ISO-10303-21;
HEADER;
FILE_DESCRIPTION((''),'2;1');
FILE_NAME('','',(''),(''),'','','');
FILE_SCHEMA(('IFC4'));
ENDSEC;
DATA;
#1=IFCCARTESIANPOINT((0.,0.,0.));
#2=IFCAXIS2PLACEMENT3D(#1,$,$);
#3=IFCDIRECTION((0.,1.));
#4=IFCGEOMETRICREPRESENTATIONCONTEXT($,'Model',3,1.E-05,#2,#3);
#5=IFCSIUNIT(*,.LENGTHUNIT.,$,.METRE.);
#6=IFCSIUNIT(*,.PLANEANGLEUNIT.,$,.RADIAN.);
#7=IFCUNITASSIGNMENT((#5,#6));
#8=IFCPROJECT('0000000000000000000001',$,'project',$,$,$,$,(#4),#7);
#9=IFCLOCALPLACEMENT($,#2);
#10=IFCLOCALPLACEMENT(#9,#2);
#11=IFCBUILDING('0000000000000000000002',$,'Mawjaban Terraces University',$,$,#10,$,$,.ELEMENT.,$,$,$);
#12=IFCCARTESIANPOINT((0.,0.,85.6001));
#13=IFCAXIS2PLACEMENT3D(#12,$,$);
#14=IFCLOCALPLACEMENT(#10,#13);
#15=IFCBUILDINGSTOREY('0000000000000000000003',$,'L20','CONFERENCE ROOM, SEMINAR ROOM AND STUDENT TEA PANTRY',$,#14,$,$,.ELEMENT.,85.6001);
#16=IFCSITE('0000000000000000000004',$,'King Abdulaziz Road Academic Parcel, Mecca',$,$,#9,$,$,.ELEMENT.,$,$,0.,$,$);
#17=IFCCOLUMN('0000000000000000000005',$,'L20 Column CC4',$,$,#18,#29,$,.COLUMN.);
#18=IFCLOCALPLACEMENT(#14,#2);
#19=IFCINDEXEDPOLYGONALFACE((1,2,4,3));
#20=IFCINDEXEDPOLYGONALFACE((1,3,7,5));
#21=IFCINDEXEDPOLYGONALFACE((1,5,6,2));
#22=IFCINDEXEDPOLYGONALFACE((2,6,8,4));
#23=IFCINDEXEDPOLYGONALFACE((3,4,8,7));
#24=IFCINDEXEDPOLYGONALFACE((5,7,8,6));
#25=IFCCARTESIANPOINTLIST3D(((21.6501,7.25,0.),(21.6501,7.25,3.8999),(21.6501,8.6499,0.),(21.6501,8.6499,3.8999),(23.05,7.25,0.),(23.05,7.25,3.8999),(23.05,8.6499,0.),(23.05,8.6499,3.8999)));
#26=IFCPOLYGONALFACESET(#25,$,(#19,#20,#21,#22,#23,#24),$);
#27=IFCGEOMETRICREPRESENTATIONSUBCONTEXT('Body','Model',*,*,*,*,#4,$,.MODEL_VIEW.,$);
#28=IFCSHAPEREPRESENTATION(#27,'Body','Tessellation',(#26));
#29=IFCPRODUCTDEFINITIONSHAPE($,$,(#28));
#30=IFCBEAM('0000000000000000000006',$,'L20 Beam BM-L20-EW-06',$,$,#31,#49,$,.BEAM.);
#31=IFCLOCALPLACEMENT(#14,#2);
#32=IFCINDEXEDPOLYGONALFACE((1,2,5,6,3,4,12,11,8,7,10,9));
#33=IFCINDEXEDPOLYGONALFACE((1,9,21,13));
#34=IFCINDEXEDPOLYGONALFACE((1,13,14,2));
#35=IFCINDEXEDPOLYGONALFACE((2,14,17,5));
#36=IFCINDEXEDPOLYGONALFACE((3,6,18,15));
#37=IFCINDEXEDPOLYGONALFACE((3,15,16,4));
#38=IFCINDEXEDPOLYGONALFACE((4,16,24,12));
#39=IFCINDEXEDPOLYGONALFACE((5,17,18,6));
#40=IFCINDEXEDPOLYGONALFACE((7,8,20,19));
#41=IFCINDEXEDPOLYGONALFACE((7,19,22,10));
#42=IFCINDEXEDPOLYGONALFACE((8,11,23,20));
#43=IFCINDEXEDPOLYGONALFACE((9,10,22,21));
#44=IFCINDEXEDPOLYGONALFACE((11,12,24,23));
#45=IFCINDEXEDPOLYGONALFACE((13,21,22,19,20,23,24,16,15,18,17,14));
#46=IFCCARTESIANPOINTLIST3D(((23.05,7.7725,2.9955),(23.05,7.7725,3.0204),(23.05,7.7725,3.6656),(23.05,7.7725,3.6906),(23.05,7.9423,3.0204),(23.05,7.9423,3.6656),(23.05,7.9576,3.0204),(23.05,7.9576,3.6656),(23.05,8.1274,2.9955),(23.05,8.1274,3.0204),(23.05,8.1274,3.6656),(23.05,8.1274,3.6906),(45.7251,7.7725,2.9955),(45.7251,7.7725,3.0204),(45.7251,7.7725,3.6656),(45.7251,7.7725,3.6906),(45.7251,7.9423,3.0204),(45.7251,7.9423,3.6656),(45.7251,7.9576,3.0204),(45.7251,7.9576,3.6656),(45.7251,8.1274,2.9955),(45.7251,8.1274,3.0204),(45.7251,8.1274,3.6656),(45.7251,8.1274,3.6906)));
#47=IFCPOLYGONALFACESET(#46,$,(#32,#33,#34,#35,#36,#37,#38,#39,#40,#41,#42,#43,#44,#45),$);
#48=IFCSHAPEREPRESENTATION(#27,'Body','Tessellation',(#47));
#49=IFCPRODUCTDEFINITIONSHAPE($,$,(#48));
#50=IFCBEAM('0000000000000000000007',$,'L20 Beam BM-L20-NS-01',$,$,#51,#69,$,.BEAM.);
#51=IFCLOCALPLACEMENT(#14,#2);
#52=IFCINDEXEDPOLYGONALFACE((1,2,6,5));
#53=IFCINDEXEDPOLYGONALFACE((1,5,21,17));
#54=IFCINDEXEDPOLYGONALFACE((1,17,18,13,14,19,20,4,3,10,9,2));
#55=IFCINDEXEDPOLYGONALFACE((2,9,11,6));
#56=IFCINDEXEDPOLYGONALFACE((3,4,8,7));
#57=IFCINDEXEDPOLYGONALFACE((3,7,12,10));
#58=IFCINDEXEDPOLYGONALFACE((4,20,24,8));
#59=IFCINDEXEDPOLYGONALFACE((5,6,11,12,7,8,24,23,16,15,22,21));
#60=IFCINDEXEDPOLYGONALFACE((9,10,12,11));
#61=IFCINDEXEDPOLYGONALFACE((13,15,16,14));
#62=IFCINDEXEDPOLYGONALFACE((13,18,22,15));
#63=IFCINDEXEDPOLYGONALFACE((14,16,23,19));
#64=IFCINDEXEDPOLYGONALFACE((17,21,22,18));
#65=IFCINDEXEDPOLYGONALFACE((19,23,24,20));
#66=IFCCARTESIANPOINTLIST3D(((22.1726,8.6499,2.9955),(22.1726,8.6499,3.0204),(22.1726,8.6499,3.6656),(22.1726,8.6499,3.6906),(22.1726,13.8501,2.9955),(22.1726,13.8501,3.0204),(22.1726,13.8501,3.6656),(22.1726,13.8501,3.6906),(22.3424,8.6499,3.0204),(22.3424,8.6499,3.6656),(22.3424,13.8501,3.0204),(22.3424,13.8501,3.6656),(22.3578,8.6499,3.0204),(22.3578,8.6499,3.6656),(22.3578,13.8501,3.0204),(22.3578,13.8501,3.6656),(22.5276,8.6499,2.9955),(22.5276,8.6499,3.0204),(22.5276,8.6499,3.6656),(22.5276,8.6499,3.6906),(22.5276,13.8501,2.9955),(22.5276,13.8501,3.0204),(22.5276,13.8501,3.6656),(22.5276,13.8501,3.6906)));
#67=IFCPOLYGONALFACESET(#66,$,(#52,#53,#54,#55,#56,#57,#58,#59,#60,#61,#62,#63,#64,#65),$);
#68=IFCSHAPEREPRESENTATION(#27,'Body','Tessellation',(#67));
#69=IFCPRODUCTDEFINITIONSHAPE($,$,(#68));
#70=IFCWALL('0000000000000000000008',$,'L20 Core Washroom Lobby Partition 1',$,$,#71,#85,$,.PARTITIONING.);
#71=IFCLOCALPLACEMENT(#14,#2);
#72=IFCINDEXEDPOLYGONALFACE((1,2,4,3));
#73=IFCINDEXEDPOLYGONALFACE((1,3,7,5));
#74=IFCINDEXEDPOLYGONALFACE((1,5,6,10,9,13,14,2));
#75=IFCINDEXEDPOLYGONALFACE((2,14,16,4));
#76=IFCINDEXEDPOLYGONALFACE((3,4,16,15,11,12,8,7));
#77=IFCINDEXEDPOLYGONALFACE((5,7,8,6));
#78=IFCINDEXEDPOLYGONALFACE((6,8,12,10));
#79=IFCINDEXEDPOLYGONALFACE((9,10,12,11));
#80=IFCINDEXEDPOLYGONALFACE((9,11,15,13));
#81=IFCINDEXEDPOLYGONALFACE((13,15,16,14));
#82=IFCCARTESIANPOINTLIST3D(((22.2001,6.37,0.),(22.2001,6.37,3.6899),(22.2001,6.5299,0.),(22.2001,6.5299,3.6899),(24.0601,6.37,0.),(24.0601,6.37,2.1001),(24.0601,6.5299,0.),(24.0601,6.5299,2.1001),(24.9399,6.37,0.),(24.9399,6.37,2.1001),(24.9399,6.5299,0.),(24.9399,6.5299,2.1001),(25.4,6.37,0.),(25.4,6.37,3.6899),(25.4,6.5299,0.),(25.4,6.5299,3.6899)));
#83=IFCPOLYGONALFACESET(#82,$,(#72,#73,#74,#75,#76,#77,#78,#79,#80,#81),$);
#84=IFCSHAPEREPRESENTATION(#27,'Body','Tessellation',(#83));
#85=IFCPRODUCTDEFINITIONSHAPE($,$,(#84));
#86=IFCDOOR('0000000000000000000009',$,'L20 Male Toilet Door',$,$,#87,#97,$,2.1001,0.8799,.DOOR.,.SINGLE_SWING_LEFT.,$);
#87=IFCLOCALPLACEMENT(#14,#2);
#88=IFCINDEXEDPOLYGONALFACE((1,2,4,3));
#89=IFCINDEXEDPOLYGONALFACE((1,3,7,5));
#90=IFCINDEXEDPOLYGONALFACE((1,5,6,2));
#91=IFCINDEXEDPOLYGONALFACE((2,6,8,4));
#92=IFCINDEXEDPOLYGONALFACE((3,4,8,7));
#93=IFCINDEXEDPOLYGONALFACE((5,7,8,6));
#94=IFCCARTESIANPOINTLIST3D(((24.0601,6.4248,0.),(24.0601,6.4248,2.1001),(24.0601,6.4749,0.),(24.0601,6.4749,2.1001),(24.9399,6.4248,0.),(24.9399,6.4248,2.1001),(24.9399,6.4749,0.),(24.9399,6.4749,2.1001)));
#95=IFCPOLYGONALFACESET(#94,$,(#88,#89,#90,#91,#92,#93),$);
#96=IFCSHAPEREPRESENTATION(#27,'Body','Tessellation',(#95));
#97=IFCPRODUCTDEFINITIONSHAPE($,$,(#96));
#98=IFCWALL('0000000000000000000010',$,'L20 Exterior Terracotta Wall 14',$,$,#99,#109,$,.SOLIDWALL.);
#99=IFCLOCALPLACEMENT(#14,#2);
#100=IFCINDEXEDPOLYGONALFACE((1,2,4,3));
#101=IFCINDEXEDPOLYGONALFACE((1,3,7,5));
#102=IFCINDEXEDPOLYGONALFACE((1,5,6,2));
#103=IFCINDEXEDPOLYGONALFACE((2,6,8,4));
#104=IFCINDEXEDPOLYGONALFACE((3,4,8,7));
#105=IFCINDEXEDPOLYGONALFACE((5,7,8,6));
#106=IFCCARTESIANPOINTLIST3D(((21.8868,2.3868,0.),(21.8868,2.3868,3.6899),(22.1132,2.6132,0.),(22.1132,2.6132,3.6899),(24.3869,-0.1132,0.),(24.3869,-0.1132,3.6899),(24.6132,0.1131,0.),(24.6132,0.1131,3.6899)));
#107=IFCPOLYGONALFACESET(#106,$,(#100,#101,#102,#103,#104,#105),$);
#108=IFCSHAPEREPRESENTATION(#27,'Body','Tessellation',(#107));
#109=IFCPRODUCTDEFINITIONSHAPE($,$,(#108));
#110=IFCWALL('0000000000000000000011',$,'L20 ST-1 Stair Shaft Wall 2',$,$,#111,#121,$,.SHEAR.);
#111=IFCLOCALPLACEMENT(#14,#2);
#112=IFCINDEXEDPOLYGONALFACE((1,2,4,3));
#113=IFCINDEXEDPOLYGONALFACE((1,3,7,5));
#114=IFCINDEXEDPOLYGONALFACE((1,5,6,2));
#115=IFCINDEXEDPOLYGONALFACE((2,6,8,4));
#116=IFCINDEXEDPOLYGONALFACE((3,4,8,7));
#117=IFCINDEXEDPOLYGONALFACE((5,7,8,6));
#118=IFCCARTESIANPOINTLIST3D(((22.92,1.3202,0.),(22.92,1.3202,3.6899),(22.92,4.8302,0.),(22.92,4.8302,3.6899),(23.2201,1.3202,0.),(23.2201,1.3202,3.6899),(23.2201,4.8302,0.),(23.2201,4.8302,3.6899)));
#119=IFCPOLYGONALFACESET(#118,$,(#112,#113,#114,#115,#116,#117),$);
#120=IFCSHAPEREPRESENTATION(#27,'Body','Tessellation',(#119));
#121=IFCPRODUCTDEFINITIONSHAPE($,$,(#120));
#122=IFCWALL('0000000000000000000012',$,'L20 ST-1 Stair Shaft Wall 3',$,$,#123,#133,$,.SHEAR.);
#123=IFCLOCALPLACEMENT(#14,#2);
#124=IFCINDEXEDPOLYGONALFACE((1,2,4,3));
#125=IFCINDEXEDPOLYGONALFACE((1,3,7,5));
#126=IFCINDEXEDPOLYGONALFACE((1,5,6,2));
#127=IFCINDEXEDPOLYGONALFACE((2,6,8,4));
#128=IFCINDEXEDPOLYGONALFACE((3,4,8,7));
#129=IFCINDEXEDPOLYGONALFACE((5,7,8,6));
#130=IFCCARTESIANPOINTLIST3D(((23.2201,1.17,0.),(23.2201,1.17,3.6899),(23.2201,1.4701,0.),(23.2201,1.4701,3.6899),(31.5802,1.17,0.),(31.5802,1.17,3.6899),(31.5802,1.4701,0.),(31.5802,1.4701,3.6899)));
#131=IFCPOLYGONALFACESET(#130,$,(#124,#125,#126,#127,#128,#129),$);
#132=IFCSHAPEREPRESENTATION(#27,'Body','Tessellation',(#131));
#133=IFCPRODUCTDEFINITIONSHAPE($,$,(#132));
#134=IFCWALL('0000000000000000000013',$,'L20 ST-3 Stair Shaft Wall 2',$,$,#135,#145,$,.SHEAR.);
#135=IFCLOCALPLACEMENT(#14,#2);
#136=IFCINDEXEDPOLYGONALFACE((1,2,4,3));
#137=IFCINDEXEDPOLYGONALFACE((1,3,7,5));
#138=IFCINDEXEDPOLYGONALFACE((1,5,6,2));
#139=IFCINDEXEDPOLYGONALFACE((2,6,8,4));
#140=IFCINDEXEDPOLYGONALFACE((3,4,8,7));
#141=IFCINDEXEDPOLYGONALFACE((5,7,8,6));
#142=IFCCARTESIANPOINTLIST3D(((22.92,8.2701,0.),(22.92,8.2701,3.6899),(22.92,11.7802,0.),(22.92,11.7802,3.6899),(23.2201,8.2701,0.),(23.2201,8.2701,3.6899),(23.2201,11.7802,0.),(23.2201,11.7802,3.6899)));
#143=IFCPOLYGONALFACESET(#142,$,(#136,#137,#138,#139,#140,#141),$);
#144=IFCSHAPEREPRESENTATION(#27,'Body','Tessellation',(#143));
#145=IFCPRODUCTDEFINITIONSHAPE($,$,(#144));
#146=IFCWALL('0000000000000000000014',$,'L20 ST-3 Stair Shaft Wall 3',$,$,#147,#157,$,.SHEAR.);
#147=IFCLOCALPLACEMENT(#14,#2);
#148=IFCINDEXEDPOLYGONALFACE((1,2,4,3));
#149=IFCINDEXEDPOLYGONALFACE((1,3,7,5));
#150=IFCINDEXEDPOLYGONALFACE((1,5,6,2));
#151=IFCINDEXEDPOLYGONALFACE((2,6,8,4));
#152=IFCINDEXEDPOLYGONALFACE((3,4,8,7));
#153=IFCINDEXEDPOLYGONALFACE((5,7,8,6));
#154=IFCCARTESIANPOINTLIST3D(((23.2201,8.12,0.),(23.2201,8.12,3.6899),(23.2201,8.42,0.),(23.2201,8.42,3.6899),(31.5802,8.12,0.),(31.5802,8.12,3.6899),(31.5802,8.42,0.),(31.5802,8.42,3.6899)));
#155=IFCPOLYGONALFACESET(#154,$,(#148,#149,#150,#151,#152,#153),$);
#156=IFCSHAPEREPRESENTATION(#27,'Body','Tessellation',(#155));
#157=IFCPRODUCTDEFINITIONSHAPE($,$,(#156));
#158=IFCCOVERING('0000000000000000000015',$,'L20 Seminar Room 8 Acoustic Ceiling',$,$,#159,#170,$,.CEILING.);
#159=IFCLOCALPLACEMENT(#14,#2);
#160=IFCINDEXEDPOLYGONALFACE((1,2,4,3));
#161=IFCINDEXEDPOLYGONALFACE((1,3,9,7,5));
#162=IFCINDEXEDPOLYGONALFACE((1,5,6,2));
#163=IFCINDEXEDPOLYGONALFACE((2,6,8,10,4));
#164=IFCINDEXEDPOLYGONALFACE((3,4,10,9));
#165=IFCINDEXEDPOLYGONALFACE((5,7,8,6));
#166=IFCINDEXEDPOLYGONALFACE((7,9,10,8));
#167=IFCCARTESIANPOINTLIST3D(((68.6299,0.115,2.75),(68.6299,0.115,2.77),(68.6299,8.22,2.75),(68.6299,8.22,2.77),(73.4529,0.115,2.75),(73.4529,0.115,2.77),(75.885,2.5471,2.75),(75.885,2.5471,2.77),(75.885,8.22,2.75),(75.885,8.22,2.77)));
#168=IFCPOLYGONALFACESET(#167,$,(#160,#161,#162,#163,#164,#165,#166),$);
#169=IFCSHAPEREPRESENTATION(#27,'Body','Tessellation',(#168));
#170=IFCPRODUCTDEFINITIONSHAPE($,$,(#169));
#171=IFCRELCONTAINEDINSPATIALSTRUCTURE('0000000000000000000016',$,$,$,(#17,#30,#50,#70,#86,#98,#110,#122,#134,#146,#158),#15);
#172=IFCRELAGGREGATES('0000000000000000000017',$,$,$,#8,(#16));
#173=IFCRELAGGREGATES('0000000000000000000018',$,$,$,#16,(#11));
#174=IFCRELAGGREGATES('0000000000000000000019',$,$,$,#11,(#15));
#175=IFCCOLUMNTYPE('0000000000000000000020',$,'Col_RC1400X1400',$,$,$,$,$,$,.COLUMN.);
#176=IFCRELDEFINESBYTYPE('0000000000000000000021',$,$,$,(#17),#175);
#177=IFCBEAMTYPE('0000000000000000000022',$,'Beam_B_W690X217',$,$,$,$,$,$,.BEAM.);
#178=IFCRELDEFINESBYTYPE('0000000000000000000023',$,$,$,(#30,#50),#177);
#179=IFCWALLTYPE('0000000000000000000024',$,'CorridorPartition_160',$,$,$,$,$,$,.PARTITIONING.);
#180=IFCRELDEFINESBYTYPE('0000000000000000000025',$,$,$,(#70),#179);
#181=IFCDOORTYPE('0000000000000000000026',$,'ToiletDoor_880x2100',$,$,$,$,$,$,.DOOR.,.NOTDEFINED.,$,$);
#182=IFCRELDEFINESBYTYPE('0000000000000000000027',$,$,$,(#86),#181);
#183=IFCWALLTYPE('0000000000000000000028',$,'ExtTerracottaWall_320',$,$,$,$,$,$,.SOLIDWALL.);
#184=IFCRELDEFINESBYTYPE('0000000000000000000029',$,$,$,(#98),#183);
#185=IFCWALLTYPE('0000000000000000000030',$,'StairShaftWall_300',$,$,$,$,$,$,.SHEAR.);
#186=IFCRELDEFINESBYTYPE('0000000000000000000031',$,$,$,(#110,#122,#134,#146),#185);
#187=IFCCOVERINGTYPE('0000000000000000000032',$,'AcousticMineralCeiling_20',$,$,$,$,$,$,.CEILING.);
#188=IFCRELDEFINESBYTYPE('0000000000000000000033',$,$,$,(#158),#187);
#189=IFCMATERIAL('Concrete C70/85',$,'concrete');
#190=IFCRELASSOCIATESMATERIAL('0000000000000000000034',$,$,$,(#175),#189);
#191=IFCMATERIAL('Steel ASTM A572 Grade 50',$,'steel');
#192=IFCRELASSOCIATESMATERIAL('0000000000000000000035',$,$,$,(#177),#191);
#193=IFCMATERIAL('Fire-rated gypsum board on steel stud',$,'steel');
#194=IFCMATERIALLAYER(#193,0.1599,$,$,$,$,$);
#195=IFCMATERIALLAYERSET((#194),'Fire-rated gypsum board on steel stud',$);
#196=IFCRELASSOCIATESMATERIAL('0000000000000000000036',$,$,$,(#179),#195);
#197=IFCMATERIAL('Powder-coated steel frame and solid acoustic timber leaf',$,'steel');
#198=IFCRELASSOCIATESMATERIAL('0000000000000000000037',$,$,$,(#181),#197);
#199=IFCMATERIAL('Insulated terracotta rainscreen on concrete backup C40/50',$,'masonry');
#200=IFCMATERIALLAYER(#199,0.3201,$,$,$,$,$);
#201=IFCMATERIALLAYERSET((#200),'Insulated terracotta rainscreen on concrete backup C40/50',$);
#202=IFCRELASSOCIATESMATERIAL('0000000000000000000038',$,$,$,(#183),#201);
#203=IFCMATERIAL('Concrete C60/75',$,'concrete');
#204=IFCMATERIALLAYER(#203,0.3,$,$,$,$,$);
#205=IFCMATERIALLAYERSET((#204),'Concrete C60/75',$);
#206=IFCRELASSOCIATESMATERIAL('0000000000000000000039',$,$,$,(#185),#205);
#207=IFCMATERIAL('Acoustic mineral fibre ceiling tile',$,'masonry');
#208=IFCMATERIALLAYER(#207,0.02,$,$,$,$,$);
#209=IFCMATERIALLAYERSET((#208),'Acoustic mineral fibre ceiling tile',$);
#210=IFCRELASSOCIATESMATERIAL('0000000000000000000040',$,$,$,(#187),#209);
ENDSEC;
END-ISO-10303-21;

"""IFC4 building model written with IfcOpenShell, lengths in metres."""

from ifc_helpers import new_model, si_unit, direction, frame, frame_2d, origin, origin_2d, place, context, subcontext, project, spatial, polyline, rectangle, i_section, outline, extrude, material, layer, layer_set, material_profile, profile_set, type_object, element, fill, save


model = new_model("IFC4")

# Units and contexts
model_context = context("Model", 3, precision=1e-05, world=origin(), true_north=direction((0.0, 1.0)))
body_context = subcontext(model_context, "Body", "Model", "MODEL_VIEW")
ifc_project = project(units=[si_unit("LENGTHUNIT", "METRE"), si_unit("PLANEANGLEUNIT", "RADIAN")], contexts=[model_context])

# Site, building, storey
site_placement = place(None, origin())
site = spatial("IfcSite", under=ifc_project, at=site_placement, Name="King Abdulaziz Road Academic Parcel, Mecca", CompositionType="ELEMENT", RefElevation=0.0)
building_placement = place(site_placement, origin())
building = spatial("IfcBuilding", under=site, at=building_placement, Name="Mawjaban Terraces University", CompositionType="ELEMENT")
storey_placement = place(building_placement, frame((0.0, 0.0, 85.6001)))
storey = spatial("IfcBuildingStorey", under=building, at=storey_placement, Name="L20", Description="CONFERENCE ROOM, SEMINAR ROOM AND STUDENT TEA PANTRY", CompositionType="ELEMENT", Elevation=85.6001)

# Column
ifc_material_1 = material(Name="Concrete C70/85", Category="concrete")
ifc_material_profile_1 = material_profile(ifc_material_1, rectangle(XDim=1.3999, YDim=1.3999, at=origin_2d()), Name="RC1400X1400")
ifc_profile_set_1 = profile_set([ifc_material_profile_1], Name="Concrete C70/85")
column_type = type_object("IfcColumnType", Name="Col_RC1400X1400", PredefinedType="COLUMN", material=ifc_profile_set_1)
column_placement = place(storey_placement, frame((22.3501, 7.95, 0.0), z_axis=(0.0, 0.0, 1.0), x_axis=(1.0, 0.0, 0.0)))
element("IfcColumn", 1, at=column_placement, inside=storey, type_object=column_type, Name="L20 Column CC4", PredefinedType="COLUMN", context=body_context, shape_type="SweptSolid", body=[
    extrude(rectangle(XDim=1.3999, YDim=1.3999, at=origin_2d()), origin(), (0.0, 0.0, 1.0), 3.8999),
])

# Beams
ifc_material_2 = material(Name="Steel ASTM A572 Grade 50", Category="steel")
ifc_material_profile_2 = material_profile(ifc_material_2, i_section(OverallWidth=0.355, OverallDepth=0.6951, WebThickness=0.0154, FlangeThickness=0.0249, at=origin_2d()), Name="W690X217")
ifc_profile_set_2 = profile_set([ifc_material_profile_2], Name="Steel ASTM A572 Grade 50")
beam_type = type_object("IfcBeamType", Name="Beam_B_W690X217", PredefinedType="BEAM", material=ifc_profile_set_2)
beam_1_placement = place(storey_placement, frame((23.05, 7.95, 3.343), z_axis=(1.0, 0.0, 0.0), x_axis=(0.0, 1.0, 0.0)))
element("IfcBeam", 2, at=beam_1_placement, inside=storey, type_object=beam_type, Name="L20 Beam BM-L20-EW-06", PredefinedType="BEAM", context=body_context, shape_type="SweptSolid", body=[
    extrude(i_section(OverallWidth=0.355, OverallDepth=0.6951, WebThickness=0.0154, FlangeThickness=0.0249, at=origin_2d()), origin(), (0.0, 0.0, 1.0), 22.675),
])
beam_2_placement = place(storey_placement, frame((22.3501, 8.6499, 3.343), z_axis=(0.0, 1.0, 0.0), x_axis=(-1.0, 0.0, 0.0)))
element("IfcBeam", 3, at=beam_2_placement, inside=storey, type_object=beam_type, Name="L20 Beam BM-L20-NS-01", PredefinedType="BEAM", context=body_context, shape_type="SweptSolid", body=[
    extrude(i_section(OverallWidth=0.355, OverallDepth=0.6951, WebThickness=0.0154, FlangeThickness=0.0249, at=origin_2d()), origin(), (0.0, 0.0, 1.0), 5.2002),
])

# Wall, opening, door
ifc_material_3 = material(Name="Fire-rated gypsum board on steel stud", Category="steel")
ifc_layer_1 = layer(ifc_material_3, 0.1599)
ifc_layer_set_1 = layer_set([ifc_layer_1], Name="Fire-rated gypsum board on steel stud")
wall_type_1 = type_object("IfcWallType", Name="CorridorPartition_160", PredefinedType="PARTITIONING", material=ifc_layer_set_1)
wall_1_placement = place(storey_placement, frame((22.2, 6.45, 0.0), z_axis=(0.0, 0.0, 1.0), x_axis=(1.0, 0.0, 0.0)))
wall_1 = element("IfcWall", 4, at=wall_1_placement, inside=storey, type_object=wall_type_1, Name="L20 Core Washroom Lobby Partition 1", PredefinedType="PARTITIONING", context=body_context, shape_type="SweptSolid", body=[
    extrude(rectangle(XDim=3.2, YDim=0.1599, at=frame_2d((1.6001, 0.0))), origin(), (0.0, 0.0, 1.0), 3.6899),
])
opening_placement = place(wall_1_placement, frame((1.8601, 0.0, 0.0)))
opening = element("IfcOpeningElement", 5, at=opening_placement, cuts=wall_1, PredefinedType="OPENING", context=body_context, shape_type="SweptSolid", body=[
    extrude(rectangle(XDim=0.8799, YDim=2.1001, at=frame_2d((0.4399, 1.05))), frame((0.0, 0.0898, 0.0), z_axis=(0.0, -1.0, 0.0), x_axis=(1.0, 0.0, 0.0)), (0.0, 0.0, 1.0), 0.1799),
])
ifc_material_4 = material(Name="Powder-coated steel frame and solid acoustic timber leaf", Category="steel")
door_type = type_object("IfcDoorType", Name="ToiletDoor_880x2100", OperationType="NOTDEFINED", PredefinedType="DOOR", material=ifc_material_4)
door_placement = place(opening_placement, origin())
door = element("IfcDoor", 6, at=door_placement, inside=storey, type_object=door_type, Name="L20 Male Toilet Door", OperationType="SINGLE_SWING_LEFT", OverallHeight=2.1001, OverallWidth=0.8799, PredefinedType="DOOR", context=body_context, shape_type="SweptSolid", body=[
    extrude(rectangle(XDim=0.8799, YDim=2.1001, at=frame_2d((0.4399, 1.05))), frame((0.0, 0.0249, 0.0), z_axis=(0.0, -1.0, 0.0), x_axis=(1.0, 0.0, 0.0)), (0.0, 0.0, 1.0), 0.05),
])
fill(opening, door)

# Walls
ifc_material_5 = material(Name="Insulated terracotta rainscreen on concrete backup C40/50", Category="masonry")
ifc_layer_2 = layer(ifc_material_5, 0.3201)
ifc_layer_set_2 = layer_set([ifc_layer_2], Name="Insulated terracotta rainscreen on concrete backup C40/50")
wall_type_2 = type_object("IfcWallType", Name="ExtTerracottaWall_320", PredefinedType="SOLIDWALL", material=ifc_layer_set_2)
wall_2_placement = place(storey_placement, frame((22.0, 2.5, 0.0), z_axis=(0.0, 0.0, 1.0), x_axis=(0.707107, -0.707107, 0.0)))
element("IfcWall", 7, at=wall_2_placement, inside=storey, type_object=wall_type_2, Name="L20 Exterior Terracotta Wall 14", PredefinedType="SOLIDWALL", context=body_context, shape_type="SweptSolid", body=[
    extrude(rectangle(XDim=3.5356, YDim=0.3201, at=frame_2d((1.7678, 0.0))), origin(), (0.0, 0.0, 1.0), 3.6899),
])
ifc_material_6 = material(Name="Concrete C60/75", Category="concrete")
ifc_layer_3 = layer(ifc_material_6, 0.3)
ifc_layer_set_3 = layer_set([ifc_layer_3], Name="Concrete C60/75")
wall_type_3 = type_object("IfcWallType", Name="StairShaftWall_300", PredefinedType="SHEAR", material=ifc_layer_set_3)
wall_3_placement = place(storey_placement, frame((23.0701, 4.8301, 0.0), z_axis=(0.0, 0.0, 1.0), x_axis=(0.0, -1.0, 0.0)))
element("IfcWall", 8, at=wall_3_placement, inside=storey, type_object=wall_type_3, Name="L20 ST-1 Stair Shaft Wall 2", PredefinedType="SHEAR", context=body_context, shape_type="SweptSolid", body=[
    extrude(rectangle(XDim=3.51, YDim=0.3, at=frame_2d((1.7549, 0.0))), origin(), (0.0, 0.0, 1.0), 3.6899),
])
wall_4_placement = place(storey_placement, frame((23.22, 1.3201, 0.0), z_axis=(0.0, 0.0, 1.0), x_axis=(1.0, 0.0, 0.0)))
element("IfcWall", 9, at=wall_4_placement, inside=storey, type_object=wall_type_3, Name="L20 ST-1 Stair Shaft Wall 3", PredefinedType="SHEAR", context=body_context, shape_type="SweptSolid", body=[
    extrude(rectangle(XDim=8.3601, YDim=0.3, at=frame_2d((4.1802, 0.0))), origin(), (0.0, 0.0, 1.0), 3.6899),
])
wall_5_placement = place(storey_placement, frame((23.0701, 11.78, 0.0), z_axis=(0.0, 0.0, 1.0), x_axis=(0.0, -1.0, 0.0)))
element("IfcWall", 10, at=wall_5_placement, inside=storey, type_object=wall_type_3, Name="L20 ST-3 Stair Shaft Wall 2", PredefinedType="SHEAR", context=body_context, shape_type="SweptSolid", body=[
    extrude(rectangle(XDim=3.51, YDim=0.3, at=frame_2d((1.7549, 0.0))), origin(), (0.0, 0.0, 1.0), 3.6899),
])
wall_6_placement = place(storey_placement, frame((23.22, 8.27, 0.0), z_axis=(0.0, 0.0, 1.0), x_axis=(1.0, 0.0, 0.0)))
element("IfcWall", 11, at=wall_6_placement, inside=storey, type_object=wall_type_3, Name="L20 ST-3 Stair Shaft Wall 3", PredefinedType="SHEAR", context=body_context, shape_type="SweptSolid", body=[
    extrude(rectangle(XDim=8.3601, YDim=0.3, at=frame_2d((4.1802, 0.0))), origin(), (0.0, 0.0, 1.0), 3.6899),
])

# Covering
ifc_material_7 = material(Name="Acoustic mineral fibre ceiling tile", Category="masonry")
ifc_layer_4 = layer(ifc_material_7, 0.02)
ifc_layer_set_4 = layer_set([ifc_layer_4], Name="Acoustic mineral fibre ceiling tile")
covering_type_1 = type_object("IfcCoveringType", Name="AcousticMineralCeiling_20", PredefinedType="CEILING", material=ifc_layer_set_4)
covering_1_placement = place(storey_placement, frame((0.0, 0.0, 2.75)))
element("IfcCovering", 12, at=covering_1_placement, inside=storey, type_object=covering_type_1, Name="L20 Seminar Room 8 Acoustic Ceiling", PredefinedType="CEILING", context=body_context, shape_type="SweptSolid", body=[
    extrude(outline(polyline([(68.6299, 0.115), (73.4529, 0.115), (75.885, 2.5471), (75.885, 8.22), (68.6299, 8.22), (68.6299, 0.115)])), origin(), (0.0, 0.0, 1.0), 0.02),
])

save(model, "model.ifc")
